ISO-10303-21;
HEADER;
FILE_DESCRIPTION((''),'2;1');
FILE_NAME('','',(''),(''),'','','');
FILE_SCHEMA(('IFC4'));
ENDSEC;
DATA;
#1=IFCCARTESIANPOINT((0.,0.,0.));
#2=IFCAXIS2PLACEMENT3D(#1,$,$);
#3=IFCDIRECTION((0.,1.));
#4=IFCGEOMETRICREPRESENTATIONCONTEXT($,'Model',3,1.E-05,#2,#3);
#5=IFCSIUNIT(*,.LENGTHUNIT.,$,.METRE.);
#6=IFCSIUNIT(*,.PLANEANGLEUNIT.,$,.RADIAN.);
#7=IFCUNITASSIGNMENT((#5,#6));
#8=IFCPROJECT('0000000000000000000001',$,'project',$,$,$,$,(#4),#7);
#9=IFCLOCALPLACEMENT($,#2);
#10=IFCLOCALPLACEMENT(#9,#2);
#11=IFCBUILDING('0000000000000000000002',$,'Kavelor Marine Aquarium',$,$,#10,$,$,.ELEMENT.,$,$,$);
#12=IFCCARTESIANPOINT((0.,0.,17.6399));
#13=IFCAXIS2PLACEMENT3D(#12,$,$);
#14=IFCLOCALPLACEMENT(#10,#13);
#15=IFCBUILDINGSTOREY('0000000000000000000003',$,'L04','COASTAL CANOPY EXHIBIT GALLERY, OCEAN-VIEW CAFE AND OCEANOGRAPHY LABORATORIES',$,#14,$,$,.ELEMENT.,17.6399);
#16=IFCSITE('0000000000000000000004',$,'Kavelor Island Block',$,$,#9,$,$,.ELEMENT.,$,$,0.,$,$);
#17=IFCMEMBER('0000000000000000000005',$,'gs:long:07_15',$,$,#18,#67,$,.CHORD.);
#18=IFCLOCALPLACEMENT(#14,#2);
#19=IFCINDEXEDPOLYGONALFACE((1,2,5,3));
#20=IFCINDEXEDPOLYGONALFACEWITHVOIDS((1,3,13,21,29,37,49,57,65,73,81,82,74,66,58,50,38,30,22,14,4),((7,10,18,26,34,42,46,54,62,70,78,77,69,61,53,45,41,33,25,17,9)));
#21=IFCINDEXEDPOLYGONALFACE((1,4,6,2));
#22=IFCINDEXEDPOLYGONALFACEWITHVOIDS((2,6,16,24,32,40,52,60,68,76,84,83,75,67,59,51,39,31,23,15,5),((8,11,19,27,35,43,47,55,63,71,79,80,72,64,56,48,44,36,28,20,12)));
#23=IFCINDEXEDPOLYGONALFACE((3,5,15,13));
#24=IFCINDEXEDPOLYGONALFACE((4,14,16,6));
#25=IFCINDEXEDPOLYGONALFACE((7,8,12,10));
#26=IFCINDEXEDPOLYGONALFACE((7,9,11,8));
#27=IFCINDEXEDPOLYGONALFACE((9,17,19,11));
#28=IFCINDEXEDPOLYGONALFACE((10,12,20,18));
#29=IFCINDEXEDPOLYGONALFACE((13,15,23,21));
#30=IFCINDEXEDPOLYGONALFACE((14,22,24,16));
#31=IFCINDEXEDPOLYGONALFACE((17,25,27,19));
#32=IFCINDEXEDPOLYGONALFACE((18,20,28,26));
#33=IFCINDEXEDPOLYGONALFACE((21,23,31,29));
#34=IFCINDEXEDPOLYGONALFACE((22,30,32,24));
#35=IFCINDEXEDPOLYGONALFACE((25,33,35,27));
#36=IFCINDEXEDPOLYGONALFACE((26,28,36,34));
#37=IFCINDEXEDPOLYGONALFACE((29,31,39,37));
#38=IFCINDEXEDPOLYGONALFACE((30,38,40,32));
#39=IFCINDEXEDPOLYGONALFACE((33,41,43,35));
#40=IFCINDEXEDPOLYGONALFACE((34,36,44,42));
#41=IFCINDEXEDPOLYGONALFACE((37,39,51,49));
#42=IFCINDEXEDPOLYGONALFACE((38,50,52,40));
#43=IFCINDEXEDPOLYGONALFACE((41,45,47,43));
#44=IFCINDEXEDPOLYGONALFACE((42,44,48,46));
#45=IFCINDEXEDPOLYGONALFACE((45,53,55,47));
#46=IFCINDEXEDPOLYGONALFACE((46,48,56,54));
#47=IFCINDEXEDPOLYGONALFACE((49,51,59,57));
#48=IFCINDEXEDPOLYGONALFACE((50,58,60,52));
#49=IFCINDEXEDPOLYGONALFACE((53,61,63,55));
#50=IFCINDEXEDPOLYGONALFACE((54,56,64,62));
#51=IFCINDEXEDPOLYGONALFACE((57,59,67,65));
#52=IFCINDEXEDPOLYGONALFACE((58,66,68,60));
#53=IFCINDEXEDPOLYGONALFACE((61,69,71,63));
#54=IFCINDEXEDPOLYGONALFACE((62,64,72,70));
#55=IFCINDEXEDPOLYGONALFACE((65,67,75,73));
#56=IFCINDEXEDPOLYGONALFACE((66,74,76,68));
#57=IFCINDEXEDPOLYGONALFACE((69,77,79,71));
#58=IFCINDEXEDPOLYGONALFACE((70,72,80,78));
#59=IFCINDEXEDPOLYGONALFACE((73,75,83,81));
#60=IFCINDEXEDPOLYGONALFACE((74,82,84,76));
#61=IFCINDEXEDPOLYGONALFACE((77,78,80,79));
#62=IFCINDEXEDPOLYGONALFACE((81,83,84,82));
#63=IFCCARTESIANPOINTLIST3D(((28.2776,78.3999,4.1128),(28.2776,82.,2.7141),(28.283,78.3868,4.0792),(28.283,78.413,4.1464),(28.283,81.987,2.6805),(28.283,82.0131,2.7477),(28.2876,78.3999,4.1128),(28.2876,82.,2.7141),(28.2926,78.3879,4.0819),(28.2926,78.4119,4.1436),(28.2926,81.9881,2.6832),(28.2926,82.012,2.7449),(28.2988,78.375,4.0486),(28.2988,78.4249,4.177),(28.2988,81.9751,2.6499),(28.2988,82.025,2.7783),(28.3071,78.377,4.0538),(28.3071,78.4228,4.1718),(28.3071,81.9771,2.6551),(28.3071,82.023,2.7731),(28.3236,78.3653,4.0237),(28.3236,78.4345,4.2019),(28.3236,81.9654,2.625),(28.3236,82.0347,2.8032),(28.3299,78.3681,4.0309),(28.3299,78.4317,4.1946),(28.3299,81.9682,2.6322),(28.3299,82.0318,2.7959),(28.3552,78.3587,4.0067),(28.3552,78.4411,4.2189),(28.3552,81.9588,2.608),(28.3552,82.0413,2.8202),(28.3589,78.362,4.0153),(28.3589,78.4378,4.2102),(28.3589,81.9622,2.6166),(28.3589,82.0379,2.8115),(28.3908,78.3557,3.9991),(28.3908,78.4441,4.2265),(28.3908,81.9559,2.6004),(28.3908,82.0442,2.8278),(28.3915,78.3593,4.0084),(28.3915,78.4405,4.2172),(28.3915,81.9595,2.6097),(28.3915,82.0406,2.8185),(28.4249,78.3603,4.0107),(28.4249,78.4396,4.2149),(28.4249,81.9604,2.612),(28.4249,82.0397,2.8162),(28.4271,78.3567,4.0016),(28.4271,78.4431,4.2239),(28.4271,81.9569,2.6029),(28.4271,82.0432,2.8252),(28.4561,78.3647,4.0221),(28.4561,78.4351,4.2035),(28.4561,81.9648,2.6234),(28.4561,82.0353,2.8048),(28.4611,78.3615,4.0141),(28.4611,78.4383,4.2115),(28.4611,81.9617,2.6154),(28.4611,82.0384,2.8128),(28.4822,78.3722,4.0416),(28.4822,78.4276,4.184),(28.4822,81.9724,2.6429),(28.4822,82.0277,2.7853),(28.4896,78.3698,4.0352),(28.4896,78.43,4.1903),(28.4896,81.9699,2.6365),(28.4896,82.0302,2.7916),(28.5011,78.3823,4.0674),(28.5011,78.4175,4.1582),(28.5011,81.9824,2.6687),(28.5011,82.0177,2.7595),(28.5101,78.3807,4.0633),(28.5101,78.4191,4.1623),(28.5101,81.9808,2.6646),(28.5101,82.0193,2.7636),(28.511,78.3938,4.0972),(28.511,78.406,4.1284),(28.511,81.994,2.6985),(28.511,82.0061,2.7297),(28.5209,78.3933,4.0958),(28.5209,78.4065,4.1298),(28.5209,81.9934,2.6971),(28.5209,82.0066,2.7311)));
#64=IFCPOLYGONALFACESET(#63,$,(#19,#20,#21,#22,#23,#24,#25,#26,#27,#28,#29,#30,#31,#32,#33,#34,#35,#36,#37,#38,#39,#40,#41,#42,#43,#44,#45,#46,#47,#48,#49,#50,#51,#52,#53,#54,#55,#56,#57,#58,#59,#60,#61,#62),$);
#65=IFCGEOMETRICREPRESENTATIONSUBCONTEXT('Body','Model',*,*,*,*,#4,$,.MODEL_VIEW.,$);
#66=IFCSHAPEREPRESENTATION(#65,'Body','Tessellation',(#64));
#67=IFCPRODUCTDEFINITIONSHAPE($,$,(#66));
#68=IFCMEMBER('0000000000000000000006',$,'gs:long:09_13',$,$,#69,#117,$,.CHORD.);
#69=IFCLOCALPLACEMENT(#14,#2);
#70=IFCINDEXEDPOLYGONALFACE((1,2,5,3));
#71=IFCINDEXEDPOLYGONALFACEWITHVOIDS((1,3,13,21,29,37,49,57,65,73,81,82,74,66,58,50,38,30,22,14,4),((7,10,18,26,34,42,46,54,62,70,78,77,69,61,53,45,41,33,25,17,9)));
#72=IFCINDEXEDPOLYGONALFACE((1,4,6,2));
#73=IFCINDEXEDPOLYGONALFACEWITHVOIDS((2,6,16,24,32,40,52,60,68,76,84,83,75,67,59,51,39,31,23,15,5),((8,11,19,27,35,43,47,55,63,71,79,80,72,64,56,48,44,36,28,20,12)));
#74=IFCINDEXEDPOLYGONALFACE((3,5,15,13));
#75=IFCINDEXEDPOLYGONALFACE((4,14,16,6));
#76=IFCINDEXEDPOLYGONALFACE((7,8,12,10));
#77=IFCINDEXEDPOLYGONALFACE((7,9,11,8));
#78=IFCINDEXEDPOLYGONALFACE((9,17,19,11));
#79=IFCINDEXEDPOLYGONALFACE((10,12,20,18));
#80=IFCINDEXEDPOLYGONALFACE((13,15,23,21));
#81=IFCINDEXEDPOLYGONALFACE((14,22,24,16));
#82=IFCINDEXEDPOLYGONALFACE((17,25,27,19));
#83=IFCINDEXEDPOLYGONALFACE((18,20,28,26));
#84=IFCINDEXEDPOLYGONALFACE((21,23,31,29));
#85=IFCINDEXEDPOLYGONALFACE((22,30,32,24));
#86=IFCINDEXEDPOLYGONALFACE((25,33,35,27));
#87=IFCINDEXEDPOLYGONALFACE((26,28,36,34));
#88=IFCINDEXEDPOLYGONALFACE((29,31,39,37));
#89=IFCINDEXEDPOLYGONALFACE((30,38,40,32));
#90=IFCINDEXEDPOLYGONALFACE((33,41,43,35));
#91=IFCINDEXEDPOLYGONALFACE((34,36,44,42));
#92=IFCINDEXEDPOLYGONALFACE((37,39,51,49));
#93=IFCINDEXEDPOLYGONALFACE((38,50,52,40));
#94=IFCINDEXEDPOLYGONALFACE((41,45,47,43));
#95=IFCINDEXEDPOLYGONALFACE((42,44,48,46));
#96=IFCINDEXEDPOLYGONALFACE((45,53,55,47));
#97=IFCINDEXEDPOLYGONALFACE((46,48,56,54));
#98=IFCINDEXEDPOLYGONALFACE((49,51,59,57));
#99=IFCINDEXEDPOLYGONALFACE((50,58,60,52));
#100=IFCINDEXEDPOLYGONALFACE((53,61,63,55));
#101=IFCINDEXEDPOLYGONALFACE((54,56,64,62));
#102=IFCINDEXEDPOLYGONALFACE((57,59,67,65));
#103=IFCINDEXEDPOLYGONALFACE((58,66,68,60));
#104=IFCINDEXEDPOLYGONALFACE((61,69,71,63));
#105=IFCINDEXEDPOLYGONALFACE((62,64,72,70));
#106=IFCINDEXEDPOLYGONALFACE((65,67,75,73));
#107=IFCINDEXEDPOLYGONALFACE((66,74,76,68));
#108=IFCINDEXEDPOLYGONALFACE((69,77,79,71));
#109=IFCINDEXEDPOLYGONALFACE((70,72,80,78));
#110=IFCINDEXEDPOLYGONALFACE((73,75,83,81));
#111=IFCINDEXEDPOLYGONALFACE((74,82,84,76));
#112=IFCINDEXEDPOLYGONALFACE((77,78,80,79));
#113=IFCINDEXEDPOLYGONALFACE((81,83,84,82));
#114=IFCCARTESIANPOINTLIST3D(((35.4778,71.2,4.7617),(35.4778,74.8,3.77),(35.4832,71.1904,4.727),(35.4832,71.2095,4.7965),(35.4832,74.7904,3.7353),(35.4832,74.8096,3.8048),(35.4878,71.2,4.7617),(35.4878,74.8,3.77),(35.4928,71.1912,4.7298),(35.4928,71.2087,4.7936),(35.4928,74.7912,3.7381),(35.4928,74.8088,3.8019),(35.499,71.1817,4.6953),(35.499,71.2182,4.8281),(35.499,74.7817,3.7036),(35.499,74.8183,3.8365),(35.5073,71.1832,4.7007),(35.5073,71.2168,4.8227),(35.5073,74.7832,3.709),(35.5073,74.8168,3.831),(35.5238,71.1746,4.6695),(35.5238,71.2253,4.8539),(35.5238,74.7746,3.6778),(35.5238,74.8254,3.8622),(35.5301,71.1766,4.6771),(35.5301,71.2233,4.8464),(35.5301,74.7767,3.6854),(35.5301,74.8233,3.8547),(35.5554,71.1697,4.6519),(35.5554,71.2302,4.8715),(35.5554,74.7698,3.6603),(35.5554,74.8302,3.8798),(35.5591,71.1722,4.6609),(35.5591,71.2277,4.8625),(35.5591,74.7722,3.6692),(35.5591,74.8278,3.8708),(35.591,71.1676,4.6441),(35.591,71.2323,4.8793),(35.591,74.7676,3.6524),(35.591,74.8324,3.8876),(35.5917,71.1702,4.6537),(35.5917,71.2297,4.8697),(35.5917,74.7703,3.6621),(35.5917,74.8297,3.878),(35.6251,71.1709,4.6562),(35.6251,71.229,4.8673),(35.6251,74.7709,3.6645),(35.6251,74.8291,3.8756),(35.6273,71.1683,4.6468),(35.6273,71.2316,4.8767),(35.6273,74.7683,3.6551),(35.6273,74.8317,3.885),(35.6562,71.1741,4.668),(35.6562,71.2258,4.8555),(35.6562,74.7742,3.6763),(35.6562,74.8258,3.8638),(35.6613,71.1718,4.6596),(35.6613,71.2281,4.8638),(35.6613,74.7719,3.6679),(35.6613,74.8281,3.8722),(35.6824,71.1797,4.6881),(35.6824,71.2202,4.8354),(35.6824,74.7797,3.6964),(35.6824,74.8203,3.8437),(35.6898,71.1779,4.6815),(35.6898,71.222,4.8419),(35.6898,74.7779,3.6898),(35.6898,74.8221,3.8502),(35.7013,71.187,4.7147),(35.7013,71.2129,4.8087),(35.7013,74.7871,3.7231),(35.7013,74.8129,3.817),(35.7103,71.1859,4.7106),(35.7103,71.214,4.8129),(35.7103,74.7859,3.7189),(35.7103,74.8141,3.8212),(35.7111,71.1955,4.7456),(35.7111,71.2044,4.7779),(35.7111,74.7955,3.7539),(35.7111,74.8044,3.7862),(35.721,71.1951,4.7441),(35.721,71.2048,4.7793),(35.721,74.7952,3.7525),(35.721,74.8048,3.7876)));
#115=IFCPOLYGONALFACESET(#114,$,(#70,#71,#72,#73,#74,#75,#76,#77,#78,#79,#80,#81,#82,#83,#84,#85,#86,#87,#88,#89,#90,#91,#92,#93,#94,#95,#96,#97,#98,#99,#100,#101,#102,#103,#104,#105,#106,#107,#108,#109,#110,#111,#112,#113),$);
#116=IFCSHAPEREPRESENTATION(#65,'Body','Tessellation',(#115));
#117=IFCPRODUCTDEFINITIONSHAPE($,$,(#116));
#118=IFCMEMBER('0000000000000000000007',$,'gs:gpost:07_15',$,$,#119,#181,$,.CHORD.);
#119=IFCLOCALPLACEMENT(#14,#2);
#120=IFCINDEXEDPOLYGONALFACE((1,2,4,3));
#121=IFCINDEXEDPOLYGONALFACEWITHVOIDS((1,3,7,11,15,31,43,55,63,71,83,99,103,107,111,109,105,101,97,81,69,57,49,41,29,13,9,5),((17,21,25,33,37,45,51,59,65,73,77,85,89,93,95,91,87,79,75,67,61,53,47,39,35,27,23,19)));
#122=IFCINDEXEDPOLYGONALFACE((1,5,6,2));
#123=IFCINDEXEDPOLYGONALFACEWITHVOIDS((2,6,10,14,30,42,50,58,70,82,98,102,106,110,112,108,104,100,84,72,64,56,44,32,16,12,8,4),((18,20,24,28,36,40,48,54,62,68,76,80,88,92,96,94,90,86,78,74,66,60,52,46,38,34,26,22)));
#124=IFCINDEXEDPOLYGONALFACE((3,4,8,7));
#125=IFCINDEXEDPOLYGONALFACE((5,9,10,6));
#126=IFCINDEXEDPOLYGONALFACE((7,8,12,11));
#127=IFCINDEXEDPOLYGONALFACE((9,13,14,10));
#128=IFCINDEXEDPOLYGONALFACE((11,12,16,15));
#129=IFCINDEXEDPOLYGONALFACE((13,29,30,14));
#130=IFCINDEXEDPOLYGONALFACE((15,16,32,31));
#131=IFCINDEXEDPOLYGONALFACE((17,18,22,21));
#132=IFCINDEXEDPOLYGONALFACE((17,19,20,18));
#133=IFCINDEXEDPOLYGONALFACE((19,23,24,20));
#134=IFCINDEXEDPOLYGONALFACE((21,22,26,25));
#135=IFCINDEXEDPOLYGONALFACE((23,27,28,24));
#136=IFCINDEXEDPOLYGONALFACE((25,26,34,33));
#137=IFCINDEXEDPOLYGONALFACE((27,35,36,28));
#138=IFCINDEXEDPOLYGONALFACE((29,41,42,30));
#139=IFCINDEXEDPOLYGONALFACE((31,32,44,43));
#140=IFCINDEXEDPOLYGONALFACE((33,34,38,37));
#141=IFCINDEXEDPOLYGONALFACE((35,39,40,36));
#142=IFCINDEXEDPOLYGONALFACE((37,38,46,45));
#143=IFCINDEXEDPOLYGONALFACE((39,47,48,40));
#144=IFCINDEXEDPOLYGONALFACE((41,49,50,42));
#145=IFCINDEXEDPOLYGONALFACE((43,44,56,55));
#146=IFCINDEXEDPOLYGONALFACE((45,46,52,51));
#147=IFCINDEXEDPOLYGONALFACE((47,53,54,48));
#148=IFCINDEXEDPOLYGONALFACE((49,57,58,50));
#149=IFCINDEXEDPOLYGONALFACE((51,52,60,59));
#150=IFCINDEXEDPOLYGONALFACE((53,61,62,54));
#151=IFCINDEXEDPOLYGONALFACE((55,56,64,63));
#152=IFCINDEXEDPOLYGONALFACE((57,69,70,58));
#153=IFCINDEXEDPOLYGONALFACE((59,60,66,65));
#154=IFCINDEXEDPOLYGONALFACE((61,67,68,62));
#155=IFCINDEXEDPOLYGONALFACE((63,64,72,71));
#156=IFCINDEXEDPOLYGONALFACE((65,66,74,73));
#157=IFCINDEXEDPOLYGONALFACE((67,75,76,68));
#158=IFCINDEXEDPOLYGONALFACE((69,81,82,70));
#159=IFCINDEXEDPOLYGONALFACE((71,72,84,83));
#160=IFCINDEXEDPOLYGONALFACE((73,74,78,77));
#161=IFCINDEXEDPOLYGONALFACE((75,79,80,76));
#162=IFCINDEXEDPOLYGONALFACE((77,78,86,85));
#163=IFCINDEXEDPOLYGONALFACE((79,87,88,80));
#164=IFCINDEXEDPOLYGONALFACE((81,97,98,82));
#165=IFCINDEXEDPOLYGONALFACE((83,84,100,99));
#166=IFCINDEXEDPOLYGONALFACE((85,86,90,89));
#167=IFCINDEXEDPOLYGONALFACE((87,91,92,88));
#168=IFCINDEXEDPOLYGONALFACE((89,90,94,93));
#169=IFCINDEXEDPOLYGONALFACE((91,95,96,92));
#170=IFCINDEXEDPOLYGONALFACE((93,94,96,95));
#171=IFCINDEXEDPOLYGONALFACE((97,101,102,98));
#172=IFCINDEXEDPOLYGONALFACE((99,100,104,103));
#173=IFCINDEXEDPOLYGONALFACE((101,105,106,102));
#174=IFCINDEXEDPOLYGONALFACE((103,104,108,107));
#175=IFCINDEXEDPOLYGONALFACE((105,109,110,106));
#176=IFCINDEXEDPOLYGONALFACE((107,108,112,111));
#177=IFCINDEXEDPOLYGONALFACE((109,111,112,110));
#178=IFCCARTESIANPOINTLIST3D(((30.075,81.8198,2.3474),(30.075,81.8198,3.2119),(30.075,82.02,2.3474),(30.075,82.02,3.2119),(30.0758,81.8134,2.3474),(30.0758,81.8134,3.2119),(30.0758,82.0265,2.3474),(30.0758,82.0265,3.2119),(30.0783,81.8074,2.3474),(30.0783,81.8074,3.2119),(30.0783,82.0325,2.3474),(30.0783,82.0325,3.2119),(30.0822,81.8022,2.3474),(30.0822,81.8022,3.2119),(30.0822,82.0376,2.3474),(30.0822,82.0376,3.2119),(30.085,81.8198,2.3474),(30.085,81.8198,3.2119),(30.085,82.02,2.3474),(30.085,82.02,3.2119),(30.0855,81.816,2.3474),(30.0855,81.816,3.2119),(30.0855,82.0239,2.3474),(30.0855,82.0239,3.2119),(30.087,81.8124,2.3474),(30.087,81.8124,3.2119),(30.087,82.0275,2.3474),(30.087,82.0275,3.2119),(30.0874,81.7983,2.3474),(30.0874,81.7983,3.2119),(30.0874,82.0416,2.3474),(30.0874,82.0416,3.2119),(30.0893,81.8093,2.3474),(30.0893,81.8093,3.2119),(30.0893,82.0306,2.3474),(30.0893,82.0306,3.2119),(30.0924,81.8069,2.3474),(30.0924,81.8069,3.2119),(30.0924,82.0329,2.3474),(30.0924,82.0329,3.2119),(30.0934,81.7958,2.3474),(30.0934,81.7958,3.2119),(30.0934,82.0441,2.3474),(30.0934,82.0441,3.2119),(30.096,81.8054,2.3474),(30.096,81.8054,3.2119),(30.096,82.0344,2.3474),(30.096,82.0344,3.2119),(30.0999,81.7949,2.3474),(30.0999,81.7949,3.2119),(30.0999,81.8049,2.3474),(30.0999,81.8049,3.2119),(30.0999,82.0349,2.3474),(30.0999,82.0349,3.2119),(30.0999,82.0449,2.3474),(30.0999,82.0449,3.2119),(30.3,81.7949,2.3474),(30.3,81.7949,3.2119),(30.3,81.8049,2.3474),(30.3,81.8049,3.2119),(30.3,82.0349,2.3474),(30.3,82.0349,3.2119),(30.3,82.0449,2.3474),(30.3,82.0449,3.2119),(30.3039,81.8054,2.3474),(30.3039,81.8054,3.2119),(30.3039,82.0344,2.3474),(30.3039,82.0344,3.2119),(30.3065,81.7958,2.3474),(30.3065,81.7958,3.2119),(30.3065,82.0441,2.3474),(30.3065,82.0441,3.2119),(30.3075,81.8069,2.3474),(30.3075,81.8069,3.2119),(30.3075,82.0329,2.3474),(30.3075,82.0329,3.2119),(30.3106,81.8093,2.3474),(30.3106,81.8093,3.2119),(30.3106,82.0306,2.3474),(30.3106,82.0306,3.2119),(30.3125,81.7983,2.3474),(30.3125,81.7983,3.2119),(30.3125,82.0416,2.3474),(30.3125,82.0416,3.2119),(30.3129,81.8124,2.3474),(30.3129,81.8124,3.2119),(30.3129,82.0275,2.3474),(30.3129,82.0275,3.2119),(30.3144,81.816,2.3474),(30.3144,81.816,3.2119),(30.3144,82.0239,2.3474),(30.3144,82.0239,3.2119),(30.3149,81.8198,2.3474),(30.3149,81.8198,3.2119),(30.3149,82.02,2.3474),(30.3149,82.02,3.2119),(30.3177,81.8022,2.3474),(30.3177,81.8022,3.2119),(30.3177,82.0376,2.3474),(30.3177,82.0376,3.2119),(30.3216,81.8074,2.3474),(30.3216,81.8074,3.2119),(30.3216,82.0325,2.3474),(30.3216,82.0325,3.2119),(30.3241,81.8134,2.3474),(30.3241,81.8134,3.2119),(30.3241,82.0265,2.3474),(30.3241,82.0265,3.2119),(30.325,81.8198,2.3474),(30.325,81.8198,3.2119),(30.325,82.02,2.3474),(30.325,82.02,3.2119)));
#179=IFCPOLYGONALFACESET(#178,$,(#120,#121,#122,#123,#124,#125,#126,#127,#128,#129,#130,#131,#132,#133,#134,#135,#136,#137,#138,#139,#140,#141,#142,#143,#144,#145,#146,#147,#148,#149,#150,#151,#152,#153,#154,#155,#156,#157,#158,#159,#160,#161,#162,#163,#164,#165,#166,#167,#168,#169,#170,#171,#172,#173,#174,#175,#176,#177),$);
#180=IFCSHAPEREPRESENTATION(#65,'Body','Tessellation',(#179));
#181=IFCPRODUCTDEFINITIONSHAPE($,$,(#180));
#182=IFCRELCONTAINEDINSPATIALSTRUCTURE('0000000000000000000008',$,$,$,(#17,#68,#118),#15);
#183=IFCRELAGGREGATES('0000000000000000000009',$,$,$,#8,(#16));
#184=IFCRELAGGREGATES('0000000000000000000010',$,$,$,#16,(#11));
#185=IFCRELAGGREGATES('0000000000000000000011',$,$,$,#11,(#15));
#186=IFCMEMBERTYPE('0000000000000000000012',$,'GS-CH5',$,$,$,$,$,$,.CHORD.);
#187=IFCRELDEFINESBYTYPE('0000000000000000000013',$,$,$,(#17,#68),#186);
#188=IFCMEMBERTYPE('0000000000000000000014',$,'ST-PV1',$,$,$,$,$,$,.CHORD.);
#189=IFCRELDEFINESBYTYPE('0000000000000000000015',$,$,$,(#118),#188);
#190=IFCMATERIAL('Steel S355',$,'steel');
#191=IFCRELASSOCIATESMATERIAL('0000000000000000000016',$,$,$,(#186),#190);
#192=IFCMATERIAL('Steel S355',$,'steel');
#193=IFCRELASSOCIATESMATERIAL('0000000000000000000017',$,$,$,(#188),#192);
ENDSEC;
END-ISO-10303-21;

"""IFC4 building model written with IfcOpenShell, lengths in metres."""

from ifc_helpers import new_model, si_unit, direction, frame, origin, origin_2d, place, context, subcontext, project, spatial, hollow_rectangle, hollow_circle, extrude, material, material_profile, profile_set, type_object, element, save


model = new_model("IFC4")

# Units and contexts
model_context = context("Model", 3, precision=1e-05, world=origin(), true_north=direction((0.0, 1.0)))
body_context = subcontext(model_context, "Body", "Model", "MODEL_VIEW")
ifc_project = project(units=[si_unit("LENGTHUNIT", "METRE"), si_unit("PLANEANGLEUNIT", "RADIAN")], contexts=[model_context])

# Site, building, storey
site_placement = place(None, origin())
site = spatial("IfcSite", under=ifc_project, at=site_placement, Name="Kavelor Island Block", CompositionType="ELEMENT", RefElevation=0.0)
building_placement = place(site_placement, origin())
building = spatial("IfcBuilding", under=site, at=building_placement, Name="Kavelor Marine Aquarium", CompositionType="ELEMENT")
storey_placement = place(building_placement, frame((0.0, 0.0, 17.6399)))
storey = spatial("IfcBuildingStorey", under=building, at=storey_placement, Name="L04", Description="COASTAL CANOPY EXHIBIT GALLERY, OCEAN-VIEW CAFE AND OCEANOGRAPHY LABORATORIES", CompositionType="ELEMENT", Elevation=17.6399)

# Members
ifc_material_1 = material(Name="Steel S355", Category="steel")
ifc_material_profile_1 = material_profile(ifc_material_1, hollow_circle(Radius=0.1223, WallThickness=0.01, at=origin_2d()), Name="CHS 244.5x10.0")
ifc_profile_set_1 = profile_set([ifc_material_profile_1], Name="Steel S355")
member_type_1 = type_object("IfcMemberType", Name="GS-CH5", PredefinedType="CHORD", material=ifc_profile_set_1)
member_1_placement = place(storey_placement, frame((28.3999, 78.3999, 4.1128), z_axis=(0.0, 0.932123, -0.362141), x_axis=(-1.0, 0.0, 0.0)))
element("IfcMember", 1, at=member_1_placement, inside=storey, type_object=member_type_1, Name="gs:long:07_15", PredefinedType="CHORD", context=body_context, shape_type="SweptSolid", body=[
    extrude(hollow_circle(Radius=0.1223, WallThickness=0.01, at=origin_2d()), origin(), (0.0, 0.0, 1.0), 3.8623),
])
member_2_placement = place(storey_placement, frame((35.6001, 71.2, 4.7617), z_axis=(0.0, 0.964091, -0.265573), x_axis=(-1.0, 0.0, 0.0)))
element("IfcMember", 2, at=member_2_placement, inside=storey, type_object=member_type_1, Name="gs:long:09_13", PredefinedType="CHORD", context=body_context, shape_type="SweptSolid", body=[
    extrude(hollow_circle(Radius=0.1223, WallThickness=0.01, at=origin_2d()), origin(), (0.0, 0.0, 1.0), 3.7341),
])
ifc_material_2 = material(Name="Steel S355", Category="steel")
ifc_material_profile_2 = material_profile(ifc_material_2, hollow_rectangle(XDim=0.25, YDim=0.25, WallThickness=0.01, InnerFilletRadius=0.0149, OuterFilletRadius=0.0249, at=origin_2d()), Name="SHS 250x250x10.0")
ifc_profile_set_2 = profile_set([ifc_material_profile_2], Name="Steel S355")
member_type_2 = type_object("IfcMemberType", Name="ST-PV1", PredefinedType="CHORD", material=ifc_profile_set_2)
for number, where, z_axis, x_axis, name in (
    (3, (30.2, 81.9199, 2.3474), (0.0, 0.0, 1.0), (1.0, 0.0, 0.0), "gs:gpost:07_15"),
):
    element("IfcMember", number, at=place(storey_placement, frame(where, z_axis=z_axis, x_axis=x_axis)), inside=storey, type_object=member_type_2, Name=name, PredefinedType="CHORD", context=body_context, shape_type="SweptSolid", body=[
        extrude(hollow_rectangle(XDim=0.25, YDim=0.25, WallThickness=0.01, InnerFilletRadius=0.0149, OuterFilletRadius=0.0249, at=origin_2d()), origin(), (0.0, 0.0, 1.0), 0.8645),
    ])

save(model, "model.ifc")
